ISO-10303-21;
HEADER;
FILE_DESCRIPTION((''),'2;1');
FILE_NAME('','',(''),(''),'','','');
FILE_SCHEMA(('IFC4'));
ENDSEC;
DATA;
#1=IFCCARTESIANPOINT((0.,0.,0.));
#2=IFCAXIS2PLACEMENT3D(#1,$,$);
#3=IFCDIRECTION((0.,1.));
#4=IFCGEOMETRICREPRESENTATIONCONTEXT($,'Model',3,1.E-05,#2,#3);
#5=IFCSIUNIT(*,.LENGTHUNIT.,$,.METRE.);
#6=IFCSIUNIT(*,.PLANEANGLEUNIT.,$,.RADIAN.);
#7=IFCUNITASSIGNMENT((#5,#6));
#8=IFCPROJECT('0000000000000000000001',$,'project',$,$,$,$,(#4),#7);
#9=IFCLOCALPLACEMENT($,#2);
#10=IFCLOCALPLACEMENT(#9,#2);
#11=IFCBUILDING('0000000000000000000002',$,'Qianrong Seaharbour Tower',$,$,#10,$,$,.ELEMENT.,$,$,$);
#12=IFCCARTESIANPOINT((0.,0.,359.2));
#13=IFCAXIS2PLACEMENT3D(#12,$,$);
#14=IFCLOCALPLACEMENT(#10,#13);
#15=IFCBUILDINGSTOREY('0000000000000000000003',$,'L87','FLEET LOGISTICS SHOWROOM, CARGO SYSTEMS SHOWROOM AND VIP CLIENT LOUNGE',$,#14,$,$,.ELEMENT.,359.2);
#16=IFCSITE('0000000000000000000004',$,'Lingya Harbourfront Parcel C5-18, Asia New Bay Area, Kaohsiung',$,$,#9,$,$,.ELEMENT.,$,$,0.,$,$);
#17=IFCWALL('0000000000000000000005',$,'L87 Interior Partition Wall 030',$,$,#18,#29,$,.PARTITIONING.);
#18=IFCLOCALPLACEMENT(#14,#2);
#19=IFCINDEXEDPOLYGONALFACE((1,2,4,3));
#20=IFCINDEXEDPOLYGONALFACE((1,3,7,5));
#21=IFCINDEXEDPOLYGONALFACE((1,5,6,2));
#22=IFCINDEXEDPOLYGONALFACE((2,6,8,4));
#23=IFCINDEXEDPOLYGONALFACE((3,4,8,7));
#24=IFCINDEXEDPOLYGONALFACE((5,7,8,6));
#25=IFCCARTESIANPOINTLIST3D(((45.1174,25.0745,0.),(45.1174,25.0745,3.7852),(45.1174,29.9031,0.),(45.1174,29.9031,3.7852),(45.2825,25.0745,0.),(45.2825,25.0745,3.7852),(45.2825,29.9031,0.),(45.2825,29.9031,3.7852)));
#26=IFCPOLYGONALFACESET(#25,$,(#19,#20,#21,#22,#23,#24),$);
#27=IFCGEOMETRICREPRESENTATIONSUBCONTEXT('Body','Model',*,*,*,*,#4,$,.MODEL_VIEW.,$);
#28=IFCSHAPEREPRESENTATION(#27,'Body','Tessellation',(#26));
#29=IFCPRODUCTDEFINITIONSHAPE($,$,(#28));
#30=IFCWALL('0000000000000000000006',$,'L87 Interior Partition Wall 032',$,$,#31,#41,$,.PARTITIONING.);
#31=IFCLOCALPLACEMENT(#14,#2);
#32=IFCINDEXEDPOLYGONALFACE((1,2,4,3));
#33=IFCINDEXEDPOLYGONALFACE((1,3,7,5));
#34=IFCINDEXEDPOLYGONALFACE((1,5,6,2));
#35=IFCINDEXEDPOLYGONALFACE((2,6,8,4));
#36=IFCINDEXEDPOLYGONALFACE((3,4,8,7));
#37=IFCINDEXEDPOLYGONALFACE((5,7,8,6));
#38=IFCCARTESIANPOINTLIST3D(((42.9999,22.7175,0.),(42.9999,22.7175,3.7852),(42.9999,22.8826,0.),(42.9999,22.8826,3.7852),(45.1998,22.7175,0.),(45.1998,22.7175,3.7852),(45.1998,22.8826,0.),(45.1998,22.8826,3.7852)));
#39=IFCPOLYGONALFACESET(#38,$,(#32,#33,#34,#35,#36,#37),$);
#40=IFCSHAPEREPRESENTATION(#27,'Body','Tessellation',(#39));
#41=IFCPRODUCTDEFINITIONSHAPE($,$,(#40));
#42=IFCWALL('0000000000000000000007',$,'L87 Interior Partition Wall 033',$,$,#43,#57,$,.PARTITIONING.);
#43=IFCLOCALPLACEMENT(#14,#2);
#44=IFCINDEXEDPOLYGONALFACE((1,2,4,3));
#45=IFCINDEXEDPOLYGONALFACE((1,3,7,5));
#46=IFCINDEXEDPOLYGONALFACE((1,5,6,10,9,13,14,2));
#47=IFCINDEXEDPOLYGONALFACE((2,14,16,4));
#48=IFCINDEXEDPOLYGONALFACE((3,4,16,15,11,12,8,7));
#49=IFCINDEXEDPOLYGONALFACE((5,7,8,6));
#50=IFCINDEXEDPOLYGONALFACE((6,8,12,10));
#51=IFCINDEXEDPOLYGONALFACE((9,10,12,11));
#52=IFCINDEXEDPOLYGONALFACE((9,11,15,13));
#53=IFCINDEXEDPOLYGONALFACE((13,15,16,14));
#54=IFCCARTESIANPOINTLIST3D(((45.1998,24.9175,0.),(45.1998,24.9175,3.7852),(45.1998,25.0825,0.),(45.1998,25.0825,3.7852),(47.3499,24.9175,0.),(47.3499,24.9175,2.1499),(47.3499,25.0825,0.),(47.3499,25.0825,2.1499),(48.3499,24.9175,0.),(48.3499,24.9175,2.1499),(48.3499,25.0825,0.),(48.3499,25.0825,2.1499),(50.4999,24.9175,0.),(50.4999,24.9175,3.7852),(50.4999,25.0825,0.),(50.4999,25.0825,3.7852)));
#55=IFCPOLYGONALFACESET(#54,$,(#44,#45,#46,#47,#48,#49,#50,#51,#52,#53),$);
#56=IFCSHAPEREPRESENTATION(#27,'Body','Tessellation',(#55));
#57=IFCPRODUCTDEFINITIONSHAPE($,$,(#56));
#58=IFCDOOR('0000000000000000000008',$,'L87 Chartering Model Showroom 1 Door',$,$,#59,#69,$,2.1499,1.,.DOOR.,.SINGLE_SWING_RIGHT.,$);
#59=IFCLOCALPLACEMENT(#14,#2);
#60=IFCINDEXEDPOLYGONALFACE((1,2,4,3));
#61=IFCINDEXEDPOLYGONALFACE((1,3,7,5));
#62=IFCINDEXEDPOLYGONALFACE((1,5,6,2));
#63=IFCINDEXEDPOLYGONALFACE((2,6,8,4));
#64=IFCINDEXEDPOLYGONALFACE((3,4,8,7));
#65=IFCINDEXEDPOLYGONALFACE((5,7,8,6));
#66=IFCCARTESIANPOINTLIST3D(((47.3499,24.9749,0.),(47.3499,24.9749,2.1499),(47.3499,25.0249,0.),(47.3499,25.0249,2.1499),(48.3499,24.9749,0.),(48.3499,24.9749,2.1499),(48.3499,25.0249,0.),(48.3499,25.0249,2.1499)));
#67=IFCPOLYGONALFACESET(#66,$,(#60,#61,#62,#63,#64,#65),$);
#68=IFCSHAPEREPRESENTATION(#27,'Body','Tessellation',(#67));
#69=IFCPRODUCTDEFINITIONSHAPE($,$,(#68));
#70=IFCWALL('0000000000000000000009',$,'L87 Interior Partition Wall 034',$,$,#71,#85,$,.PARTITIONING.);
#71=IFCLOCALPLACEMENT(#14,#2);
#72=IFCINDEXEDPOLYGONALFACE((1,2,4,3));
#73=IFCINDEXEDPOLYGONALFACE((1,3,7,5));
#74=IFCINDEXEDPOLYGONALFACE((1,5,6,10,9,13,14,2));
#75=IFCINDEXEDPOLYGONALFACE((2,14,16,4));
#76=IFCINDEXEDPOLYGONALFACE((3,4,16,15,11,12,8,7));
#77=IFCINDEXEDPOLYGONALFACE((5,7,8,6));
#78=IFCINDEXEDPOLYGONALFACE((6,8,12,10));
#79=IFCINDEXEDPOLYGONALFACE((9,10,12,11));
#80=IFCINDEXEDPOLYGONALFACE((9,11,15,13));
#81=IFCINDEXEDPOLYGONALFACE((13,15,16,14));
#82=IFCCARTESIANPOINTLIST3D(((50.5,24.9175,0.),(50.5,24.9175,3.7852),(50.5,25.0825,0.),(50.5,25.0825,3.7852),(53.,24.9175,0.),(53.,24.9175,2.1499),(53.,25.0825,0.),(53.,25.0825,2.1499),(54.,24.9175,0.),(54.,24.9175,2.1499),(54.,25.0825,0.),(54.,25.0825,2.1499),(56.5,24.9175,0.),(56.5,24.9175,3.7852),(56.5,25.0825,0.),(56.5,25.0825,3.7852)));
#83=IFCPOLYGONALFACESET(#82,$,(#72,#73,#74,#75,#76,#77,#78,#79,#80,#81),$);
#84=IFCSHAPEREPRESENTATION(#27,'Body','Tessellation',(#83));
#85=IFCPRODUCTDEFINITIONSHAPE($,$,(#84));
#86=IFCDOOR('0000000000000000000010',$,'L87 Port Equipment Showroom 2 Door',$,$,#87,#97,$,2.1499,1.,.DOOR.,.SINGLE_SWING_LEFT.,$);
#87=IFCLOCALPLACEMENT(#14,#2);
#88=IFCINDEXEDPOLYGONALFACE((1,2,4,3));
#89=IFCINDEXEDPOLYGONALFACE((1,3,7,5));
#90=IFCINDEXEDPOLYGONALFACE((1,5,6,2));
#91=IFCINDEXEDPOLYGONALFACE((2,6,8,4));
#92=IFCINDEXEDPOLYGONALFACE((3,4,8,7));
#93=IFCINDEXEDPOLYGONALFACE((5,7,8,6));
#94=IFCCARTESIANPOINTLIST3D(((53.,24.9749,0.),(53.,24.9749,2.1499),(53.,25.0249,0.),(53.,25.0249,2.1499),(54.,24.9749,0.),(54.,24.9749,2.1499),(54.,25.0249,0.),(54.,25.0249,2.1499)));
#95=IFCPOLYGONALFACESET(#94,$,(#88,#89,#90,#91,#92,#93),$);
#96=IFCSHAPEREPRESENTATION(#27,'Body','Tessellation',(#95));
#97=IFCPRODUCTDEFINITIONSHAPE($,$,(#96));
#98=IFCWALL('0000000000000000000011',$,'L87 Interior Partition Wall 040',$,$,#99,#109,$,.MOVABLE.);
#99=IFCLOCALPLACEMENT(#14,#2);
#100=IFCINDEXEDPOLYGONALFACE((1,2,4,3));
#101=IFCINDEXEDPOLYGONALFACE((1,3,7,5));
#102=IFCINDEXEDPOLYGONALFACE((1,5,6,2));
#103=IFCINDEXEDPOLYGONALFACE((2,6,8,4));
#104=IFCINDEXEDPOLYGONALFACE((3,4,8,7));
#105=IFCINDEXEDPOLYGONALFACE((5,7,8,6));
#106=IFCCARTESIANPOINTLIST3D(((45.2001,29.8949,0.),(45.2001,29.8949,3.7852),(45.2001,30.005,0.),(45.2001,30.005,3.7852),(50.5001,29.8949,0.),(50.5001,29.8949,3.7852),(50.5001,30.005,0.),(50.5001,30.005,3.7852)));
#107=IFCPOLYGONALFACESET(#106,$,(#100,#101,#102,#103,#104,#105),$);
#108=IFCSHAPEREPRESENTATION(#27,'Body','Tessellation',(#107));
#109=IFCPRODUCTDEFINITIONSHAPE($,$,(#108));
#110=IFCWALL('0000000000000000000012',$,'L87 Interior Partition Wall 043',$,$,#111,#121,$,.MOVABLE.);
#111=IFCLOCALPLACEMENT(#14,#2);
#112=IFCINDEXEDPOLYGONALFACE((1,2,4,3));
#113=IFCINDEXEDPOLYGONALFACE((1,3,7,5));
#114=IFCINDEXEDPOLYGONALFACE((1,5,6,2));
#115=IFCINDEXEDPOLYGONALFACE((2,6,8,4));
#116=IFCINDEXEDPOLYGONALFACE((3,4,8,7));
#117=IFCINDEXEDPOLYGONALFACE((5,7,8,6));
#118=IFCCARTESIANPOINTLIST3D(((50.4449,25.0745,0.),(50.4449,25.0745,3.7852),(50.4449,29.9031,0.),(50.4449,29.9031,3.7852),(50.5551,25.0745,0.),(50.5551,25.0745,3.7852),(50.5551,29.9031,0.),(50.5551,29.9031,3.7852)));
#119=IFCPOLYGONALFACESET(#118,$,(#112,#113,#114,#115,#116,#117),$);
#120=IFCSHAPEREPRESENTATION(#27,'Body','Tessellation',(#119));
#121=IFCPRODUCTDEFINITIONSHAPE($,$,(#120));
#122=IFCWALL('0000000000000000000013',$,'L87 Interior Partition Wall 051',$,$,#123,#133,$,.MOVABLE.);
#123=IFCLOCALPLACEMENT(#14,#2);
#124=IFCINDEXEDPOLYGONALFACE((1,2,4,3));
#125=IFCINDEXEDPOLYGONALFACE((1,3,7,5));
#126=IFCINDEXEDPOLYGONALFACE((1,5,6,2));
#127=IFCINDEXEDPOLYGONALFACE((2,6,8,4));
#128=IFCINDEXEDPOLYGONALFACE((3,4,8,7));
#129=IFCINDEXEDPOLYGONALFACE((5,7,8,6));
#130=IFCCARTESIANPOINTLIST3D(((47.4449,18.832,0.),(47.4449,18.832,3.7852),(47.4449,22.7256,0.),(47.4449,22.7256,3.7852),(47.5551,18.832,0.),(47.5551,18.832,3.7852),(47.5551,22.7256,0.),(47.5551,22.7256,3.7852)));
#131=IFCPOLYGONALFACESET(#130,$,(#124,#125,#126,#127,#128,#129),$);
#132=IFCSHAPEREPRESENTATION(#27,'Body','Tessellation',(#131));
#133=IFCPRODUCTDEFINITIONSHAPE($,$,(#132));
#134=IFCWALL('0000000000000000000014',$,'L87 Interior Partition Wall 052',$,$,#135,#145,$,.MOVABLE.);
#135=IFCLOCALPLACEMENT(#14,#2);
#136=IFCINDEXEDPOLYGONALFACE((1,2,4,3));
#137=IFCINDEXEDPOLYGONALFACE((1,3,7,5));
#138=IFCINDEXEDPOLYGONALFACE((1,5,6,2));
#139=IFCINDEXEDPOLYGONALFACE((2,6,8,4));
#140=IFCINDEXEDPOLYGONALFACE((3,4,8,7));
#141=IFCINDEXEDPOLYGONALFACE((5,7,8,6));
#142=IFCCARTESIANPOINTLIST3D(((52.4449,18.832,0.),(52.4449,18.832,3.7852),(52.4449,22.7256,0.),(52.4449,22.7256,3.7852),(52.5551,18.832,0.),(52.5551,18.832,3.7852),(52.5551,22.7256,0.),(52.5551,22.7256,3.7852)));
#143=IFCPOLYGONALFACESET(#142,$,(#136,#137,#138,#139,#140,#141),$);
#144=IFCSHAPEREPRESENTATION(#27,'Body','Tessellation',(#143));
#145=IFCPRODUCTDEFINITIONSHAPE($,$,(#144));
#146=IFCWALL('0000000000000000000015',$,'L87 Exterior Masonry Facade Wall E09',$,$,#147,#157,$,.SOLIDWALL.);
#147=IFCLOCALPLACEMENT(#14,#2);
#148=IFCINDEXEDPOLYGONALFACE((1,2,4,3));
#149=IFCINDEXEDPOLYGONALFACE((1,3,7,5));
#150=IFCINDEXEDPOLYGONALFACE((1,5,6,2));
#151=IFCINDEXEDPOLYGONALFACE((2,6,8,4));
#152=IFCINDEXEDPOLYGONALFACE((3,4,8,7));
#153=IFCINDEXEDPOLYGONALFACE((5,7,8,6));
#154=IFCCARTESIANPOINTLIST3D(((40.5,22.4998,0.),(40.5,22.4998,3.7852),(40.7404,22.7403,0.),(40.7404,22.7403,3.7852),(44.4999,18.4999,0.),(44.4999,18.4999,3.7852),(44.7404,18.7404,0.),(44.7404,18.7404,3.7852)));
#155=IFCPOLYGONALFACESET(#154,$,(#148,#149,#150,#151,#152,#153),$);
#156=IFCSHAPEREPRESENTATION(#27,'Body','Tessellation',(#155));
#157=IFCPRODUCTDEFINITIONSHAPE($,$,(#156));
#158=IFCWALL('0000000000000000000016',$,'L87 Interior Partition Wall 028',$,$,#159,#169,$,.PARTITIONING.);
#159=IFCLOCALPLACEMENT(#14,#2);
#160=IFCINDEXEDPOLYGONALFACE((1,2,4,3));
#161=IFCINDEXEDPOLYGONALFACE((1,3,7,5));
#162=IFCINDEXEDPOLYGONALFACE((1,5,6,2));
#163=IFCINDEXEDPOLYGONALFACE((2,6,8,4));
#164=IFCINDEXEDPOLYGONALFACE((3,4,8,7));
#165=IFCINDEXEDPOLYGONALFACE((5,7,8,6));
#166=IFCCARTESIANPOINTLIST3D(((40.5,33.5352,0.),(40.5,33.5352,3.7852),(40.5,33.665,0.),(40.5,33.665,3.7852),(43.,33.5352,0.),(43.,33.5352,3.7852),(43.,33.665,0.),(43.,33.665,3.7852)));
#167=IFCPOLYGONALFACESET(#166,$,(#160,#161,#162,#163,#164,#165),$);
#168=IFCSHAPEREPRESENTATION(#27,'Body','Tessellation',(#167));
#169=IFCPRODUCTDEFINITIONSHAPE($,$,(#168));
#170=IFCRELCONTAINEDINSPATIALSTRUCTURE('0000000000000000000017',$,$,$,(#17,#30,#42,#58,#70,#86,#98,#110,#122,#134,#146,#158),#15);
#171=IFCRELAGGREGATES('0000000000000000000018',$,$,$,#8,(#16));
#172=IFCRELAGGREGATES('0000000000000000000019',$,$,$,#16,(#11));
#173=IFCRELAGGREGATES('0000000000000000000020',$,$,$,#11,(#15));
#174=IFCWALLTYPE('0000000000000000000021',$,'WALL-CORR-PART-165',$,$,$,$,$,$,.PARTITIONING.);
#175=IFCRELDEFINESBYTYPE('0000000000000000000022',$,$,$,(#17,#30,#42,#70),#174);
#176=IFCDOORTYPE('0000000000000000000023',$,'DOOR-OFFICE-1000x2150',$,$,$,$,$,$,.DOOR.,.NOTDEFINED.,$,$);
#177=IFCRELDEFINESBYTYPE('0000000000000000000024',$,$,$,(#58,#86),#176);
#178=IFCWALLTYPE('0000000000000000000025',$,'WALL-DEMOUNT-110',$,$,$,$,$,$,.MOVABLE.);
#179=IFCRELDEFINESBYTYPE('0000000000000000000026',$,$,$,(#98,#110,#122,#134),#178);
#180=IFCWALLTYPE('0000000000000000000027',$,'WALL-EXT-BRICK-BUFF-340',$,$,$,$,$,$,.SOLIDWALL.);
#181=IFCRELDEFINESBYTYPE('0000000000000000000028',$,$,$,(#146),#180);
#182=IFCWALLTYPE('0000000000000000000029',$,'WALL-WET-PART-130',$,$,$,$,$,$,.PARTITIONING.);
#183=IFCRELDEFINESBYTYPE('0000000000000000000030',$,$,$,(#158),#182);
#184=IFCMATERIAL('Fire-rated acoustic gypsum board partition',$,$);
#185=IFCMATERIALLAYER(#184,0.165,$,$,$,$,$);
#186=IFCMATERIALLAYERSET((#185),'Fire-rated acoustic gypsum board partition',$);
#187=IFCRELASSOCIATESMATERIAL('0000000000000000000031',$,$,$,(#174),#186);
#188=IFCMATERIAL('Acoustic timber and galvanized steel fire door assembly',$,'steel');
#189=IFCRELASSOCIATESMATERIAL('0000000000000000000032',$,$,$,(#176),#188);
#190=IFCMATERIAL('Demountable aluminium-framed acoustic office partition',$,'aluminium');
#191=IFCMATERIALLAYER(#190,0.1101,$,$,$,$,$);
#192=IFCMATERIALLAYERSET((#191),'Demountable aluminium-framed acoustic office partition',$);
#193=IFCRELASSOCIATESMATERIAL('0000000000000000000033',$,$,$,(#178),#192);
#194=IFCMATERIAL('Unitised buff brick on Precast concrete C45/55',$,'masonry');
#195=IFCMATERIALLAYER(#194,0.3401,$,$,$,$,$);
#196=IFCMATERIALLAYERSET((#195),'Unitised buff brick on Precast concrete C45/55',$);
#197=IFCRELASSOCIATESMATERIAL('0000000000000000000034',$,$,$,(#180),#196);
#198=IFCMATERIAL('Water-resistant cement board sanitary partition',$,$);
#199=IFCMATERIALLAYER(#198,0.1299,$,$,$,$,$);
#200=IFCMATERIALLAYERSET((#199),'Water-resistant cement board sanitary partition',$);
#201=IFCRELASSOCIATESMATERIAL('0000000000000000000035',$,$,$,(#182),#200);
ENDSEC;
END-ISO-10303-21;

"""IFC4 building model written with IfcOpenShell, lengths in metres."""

from ifc_helpers import new_model, si_unit, direction, frame, frame_2d, origin, place, context, subcontext, project, spatial, rectangle, extrude, material, layer, layer_set, type_object, element, fill, save


model = new_model("IFC4")

# Units and contexts
model_context = context("Model", 3, precision=1e-05, world=origin(), true_north=direction((0.0, 1.0)))
body_context = subcontext(model_context, "Body", "Model", "MODEL_VIEW")
ifc_project = project(units=[si_unit("LENGTHUNIT", "METRE"), si_unit("PLANEANGLEUNIT", "RADIAN")], contexts=[model_context])

# Site, building, storey
site_placement = place(None, origin())
site = spatial("IfcSite", under=ifc_project, at=site_placement, Name="Lingya Harbourfront Parcel C5-18, Asia New Bay Area, Kaohsiung", CompositionType="ELEMENT", RefElevation=0.0)
building_placement = place(site_placement, origin())
building = spatial("IfcBuilding", under=site, at=building_placement, Name="Qianrong Seaharbour Tower", CompositionType="ELEMENT")
storey_placement = place(building_placement, frame((0.0, 0.0, 359.2)))
storey = spatial("IfcBuildingStorey", under=building, at=storey_placement, Name="L87", Description="FLEET LOGISTICS SHOWROOM, CARGO SYSTEMS SHOWROOM AND VIP CLIENT LOUNGE", CompositionType="ELEMENT", Elevation=359.2)

# Walls
ifc_material_1 = material(Name="Fire-rated acoustic gypsum board partition")
ifc_layer_1 = layer(ifc_material_1, 0.165)
ifc_layer_set_1 = layer_set([ifc_layer_1], Name="Fire-rated acoustic gypsum board partition")
wall_type_1 = type_object("IfcWallType", Name="WALL-CORR-PART-165", PredefinedType="PARTITIONING", material=ifc_layer_set_1)
wall_1_placement = place(storey_placement, frame((45.2, 29.9031, 0.0), z_axis=(0.0, 0.0, 1.0), x_axis=(0.0, -1.0, 0.0)))
element("IfcWall", 1, at=wall_1_placement, inside=storey, type_object=wall_type_1, Name="L87 Interior Partition Wall 030", PredefinedType="PARTITIONING", context=body_context, shape_type="SweptSolid", body=[
    extrude(rectangle(XDim=4.8286, YDim=0.165, at=frame_2d((2.4143, 0.0))), origin(), (0.0, 0.0, 1.0), 3.7852),
])
wall_2_placement = place(storey_placement, frame((45.2, 22.8, 0.0), z_axis=(0.0, 0.0, 1.0), x_axis=(-1.0, 0.0, 0.0)))
element("IfcWall", 2, at=wall_2_placement, inside=storey, type_object=wall_type_1, Name="L87 Interior Partition Wall 032", PredefinedType="PARTITIONING", context=body_context, shape_type="SweptSolid", body=[
    extrude(rectangle(XDim=2.2, YDim=0.165, at=frame_2d((1.1001, 0.0))), origin(), (0.0, 0.0, 1.0), 3.7852),
])

# Walls, openings, doors
wall_3_placement = place(storey_placement, frame((45.2, 25.0, 0.0), z_axis=(0.0, 0.0, 1.0), x_axis=(1.0, 0.0, 0.0)))
wall_3 = element("IfcWall", 3, at=wall_3_placement, inside=storey, type_object=wall_type_1, Name="L87 Interior Partition Wall 033", PredefinedType="PARTITIONING", context=body_context, shape_type="SweptSolid", body=[
    extrude(rectangle(XDim=5.3, YDim=0.165, at=frame_2d((2.6499, 0.0))), origin(), (0.0, 0.0, 1.0), 3.7852),
])
opening_1_placement = place(wall_3_placement, frame((2.1499, 0.0, 0.0)))
opening_1 = element("IfcOpeningElement", 4, at=opening_1_placement, cuts=wall_3, PredefinedType="OPENING", context=body_context, shape_type="SweptSolid", body=[
    extrude(rectangle(XDim=1.0, YDim=2.1499, at=frame_2d((0.5, 1.075))), frame((0.0, 0.0925, 0.0), z_axis=(0.0, -1.0, 0.0), x_axis=(1.0, 0.0, 0.0)), (0.0, 0.0, 1.0), 0.1851),
])
ifc_material_2 = material(Name="Acoustic timber and galvanized steel fire door assembly", Category="steel")
door_type = type_object("IfcDoorType", Name="DOOR-OFFICE-1000x2150", OperationType="NOTDEFINED", PredefinedType="DOOR", material=ifc_material_2)
door_1_placement = place(opening_1_placement, origin())
door_1 = element("IfcDoor", 5, at=door_1_placement, inside=storey, type_object=door_type, Name="L87 Chartering Model Showroom 1 Door", OperationType="SINGLE_SWING_RIGHT", OverallHeight=2.1499, OverallWidth=1.0, PredefinedType="DOOR", context=body_context, shape_type="SweptSolid", body=[
    extrude(rectangle(XDim=1.0, YDim=2.1499, at=frame_2d((0.5, 1.075))), frame((0.0, 0.0249, 0.0), z_axis=(0.0, -1.0, 0.0), x_axis=(1.0, 0.0, 0.0)), (0.0, 0.0, 1.0), 0.05),
])
fill(opening_1, door_1)
wall_4_placement = place(storey_placement, frame((50.5, 25.0, 0.0), z_axis=(0.0, 0.0, 1.0), x_axis=(1.0, 0.0, 0.0)))
wall_4 = element("IfcWall", 6, at=wall_4_placement, inside=storey, type_object=wall_type_1, Name="L87 Interior Partition Wall 034", PredefinedType="PARTITIONING", context=body_context, shape_type="SweptSolid", body=[
    extrude(rectangle(XDim=6.0, YDim=0.165, at=frame_2d((3.0, 0.0))), origin(), (0.0, 0.0, 1.0), 3.7852),
])
opening_2_placement = place(wall_4_placement, frame((2.5, 0.0, 0.0)))
opening_2 = element("IfcOpeningElement", 7, at=opening_2_placement, cuts=wall_4, PredefinedType="OPENING", context=body_context, shape_type="SweptSolid", body=[
    extrude(rectangle(XDim=1.0, YDim=2.1499, at=frame_2d((0.5, 1.075))), frame((0.0, 0.0925, 0.0), z_axis=(0.0, -1.0, 0.0), x_axis=(1.0, 0.0, 0.0)), (0.0, 0.0, 1.0), 0.1851),
])
door_2_placement = place(opening_2_placement, origin())
door_2 = element("IfcDoor", 8, at=door_2_placement, inside=storey, type_object=door_type, Name="L87 Port Equipment Showroom 2 Door", OperationType="SINGLE_SWING_LEFT", OverallHeight=2.1499, OverallWidth=1.0, PredefinedType="DOOR", context=body_context, shape_type="SweptSolid", body=[
    extrude(rectangle(XDim=1.0, YDim=2.1499, at=frame_2d((0.5, 1.075))), frame((0.0, 0.0249, 0.0), z_axis=(0.0, -1.0, 0.0), x_axis=(1.0, 0.0, 0.0)), (0.0, 0.0, 1.0), 0.05),
])
fill(opening_2, door_2)

# Walls
ifc_material_3 = material(Name="Demountable aluminium-framed acoustic office partition", Category="aluminium")
ifc_layer_2 = layer(ifc_material_3, 0.1101)
ifc_layer_set_2 = layer_set([ifc_layer_2], Name="Demountable aluminium-framed acoustic office partition")
wall_type_2 = type_object("IfcWallType", Name="WALL-DEMOUNT-110", PredefinedType="MOVABLE", material=ifc_layer_set_2)
wall_5_placement = place(storey_placement, frame((50.5, 29.95, 0.0), z_axis=(0.0, 0.0, 1.0), x_axis=(-1.0, 0.0, 0.0)))
element("IfcWall", 9, at=wall_5_placement, inside=storey, type_object=wall_type_2, Name="L87 Interior Partition Wall 040", PredefinedType="MOVABLE", context=body_context, shape_type="SweptSolid", body=[
    extrude(rectangle(XDim=5.3, YDim=0.1101, at=frame_2d((2.6499, 0.0))), origin(), (0.0, 0.0, 1.0), 3.7852),
])
wall_6_placement = place(storey_placement, frame((50.5, 29.9031, 0.0), z_axis=(0.0, 0.0, 1.0), x_axis=(0.0, -1.0, 0.0)))
element("IfcWall", 10, at=wall_6_placement, inside=storey, type_object=wall_type_2, Name="L87 Interior Partition Wall 043", PredefinedType="MOVABLE", context=body_context, shape_type="SweptSolid", body=[
    extrude(rectangle(XDim=4.8286, YDim=0.1101, at=frame_2d((2.4143, 0.0))), origin(), (0.0, 0.0, 1.0), 3.7852),
])
for number, where, z_axis, x_axis, name in (
    (11, (47.5, 22.7256, 0.0), (0.0, 0.0, 1.0), (0.0, -1.0, 0.0), "L87 Interior Partition Wall 051"),
    (12, (52.5, 22.7256, 0.0), (0.0, 0.0, 1.0), (0.0, -1.0, 0.0), "L87 Interior Partition Wall 052"),
):
    element("IfcWall", number, at=place(storey_placement, frame(where, z_axis=z_axis, x_axis=x_axis)), inside=storey, type_object=wall_type_2, Name=name, PredefinedType="MOVABLE", context=body_context, shape_type="SweptSolid", body=[
        extrude(rectangle(XDim=3.8936, YDim=0.1101, at=frame_2d((1.9468, 0.0))), origin(), (0.0, 0.0, 1.0), 3.7852),
    ])
ifc_material_4 = material(Name="Unitised buff brick on Precast concrete C45/55", Category="masonry")
ifc_layer_3 = layer(ifc_material_4, 0.3401)
ifc_layer_set_3 = layer_set([ifc_layer_3], Name="Unitised buff brick on Precast concrete C45/55")
wall_type_3 = type_object("IfcWallType", Name="WALL-EXT-BRICK-BUFF-340", PredefinedType="SOLIDWALL", material=ifc_layer_set_3)
wall_7_placement = place(storey_placement, frame((44.6201, 18.6201, 0.0), z_axis=(0.0, 0.0, 1.0), x_axis=(-0.707107, 0.707107, 0.0)))
element("IfcWall", 13, at=wall_7_placement, inside=storey, type_object=wall_type_3, Name="L87 Exterior Masonry Facade Wall E09", PredefinedType="SOLIDWALL", context=body_context, shape_type="SweptSolid", body=[
    extrude(rectangle(XDim=5.6567, YDim=0.3401, at=frame_2d((2.8284, 0.0))), origin(), (0.0, 0.0, 1.0), 3.7852),
])
ifc_material_5 = material(Name="Water-resistant cement board sanitary partition")
ifc_layer_4 = layer(ifc_material_5, 0.1299)
ifc_layer_set_4 = layer_set([ifc_layer_4], Name="Water-resistant cement board sanitary partition")
wall_type_4 = type_object("IfcWallType", Name="WALL-WET-PART-130", PredefinedType="PARTITIONING", material=ifc_layer_set_4)
wall_8_placement = place(storey_placement, frame((43.0, 33.6001, 0.0), z_axis=(0.0, 0.0, 1.0), x_axis=(-1.0, 0.0, 0.0)))
element("IfcWall", 14, at=wall_8_placement, inside=storey, type_object=wall_type_4, Name="L87 Interior Partition Wall 028", PredefinedType="PARTITIONING", context=body_context, shape_type="SweptSolid", body=[
    extrude(rectangle(XDim=2.5, YDim=0.1299, at=frame_2d((1.25, 0.0))), origin(), (0.0, 0.0, 1.0), 3.7852),
])

save(model, "model.ifc")
